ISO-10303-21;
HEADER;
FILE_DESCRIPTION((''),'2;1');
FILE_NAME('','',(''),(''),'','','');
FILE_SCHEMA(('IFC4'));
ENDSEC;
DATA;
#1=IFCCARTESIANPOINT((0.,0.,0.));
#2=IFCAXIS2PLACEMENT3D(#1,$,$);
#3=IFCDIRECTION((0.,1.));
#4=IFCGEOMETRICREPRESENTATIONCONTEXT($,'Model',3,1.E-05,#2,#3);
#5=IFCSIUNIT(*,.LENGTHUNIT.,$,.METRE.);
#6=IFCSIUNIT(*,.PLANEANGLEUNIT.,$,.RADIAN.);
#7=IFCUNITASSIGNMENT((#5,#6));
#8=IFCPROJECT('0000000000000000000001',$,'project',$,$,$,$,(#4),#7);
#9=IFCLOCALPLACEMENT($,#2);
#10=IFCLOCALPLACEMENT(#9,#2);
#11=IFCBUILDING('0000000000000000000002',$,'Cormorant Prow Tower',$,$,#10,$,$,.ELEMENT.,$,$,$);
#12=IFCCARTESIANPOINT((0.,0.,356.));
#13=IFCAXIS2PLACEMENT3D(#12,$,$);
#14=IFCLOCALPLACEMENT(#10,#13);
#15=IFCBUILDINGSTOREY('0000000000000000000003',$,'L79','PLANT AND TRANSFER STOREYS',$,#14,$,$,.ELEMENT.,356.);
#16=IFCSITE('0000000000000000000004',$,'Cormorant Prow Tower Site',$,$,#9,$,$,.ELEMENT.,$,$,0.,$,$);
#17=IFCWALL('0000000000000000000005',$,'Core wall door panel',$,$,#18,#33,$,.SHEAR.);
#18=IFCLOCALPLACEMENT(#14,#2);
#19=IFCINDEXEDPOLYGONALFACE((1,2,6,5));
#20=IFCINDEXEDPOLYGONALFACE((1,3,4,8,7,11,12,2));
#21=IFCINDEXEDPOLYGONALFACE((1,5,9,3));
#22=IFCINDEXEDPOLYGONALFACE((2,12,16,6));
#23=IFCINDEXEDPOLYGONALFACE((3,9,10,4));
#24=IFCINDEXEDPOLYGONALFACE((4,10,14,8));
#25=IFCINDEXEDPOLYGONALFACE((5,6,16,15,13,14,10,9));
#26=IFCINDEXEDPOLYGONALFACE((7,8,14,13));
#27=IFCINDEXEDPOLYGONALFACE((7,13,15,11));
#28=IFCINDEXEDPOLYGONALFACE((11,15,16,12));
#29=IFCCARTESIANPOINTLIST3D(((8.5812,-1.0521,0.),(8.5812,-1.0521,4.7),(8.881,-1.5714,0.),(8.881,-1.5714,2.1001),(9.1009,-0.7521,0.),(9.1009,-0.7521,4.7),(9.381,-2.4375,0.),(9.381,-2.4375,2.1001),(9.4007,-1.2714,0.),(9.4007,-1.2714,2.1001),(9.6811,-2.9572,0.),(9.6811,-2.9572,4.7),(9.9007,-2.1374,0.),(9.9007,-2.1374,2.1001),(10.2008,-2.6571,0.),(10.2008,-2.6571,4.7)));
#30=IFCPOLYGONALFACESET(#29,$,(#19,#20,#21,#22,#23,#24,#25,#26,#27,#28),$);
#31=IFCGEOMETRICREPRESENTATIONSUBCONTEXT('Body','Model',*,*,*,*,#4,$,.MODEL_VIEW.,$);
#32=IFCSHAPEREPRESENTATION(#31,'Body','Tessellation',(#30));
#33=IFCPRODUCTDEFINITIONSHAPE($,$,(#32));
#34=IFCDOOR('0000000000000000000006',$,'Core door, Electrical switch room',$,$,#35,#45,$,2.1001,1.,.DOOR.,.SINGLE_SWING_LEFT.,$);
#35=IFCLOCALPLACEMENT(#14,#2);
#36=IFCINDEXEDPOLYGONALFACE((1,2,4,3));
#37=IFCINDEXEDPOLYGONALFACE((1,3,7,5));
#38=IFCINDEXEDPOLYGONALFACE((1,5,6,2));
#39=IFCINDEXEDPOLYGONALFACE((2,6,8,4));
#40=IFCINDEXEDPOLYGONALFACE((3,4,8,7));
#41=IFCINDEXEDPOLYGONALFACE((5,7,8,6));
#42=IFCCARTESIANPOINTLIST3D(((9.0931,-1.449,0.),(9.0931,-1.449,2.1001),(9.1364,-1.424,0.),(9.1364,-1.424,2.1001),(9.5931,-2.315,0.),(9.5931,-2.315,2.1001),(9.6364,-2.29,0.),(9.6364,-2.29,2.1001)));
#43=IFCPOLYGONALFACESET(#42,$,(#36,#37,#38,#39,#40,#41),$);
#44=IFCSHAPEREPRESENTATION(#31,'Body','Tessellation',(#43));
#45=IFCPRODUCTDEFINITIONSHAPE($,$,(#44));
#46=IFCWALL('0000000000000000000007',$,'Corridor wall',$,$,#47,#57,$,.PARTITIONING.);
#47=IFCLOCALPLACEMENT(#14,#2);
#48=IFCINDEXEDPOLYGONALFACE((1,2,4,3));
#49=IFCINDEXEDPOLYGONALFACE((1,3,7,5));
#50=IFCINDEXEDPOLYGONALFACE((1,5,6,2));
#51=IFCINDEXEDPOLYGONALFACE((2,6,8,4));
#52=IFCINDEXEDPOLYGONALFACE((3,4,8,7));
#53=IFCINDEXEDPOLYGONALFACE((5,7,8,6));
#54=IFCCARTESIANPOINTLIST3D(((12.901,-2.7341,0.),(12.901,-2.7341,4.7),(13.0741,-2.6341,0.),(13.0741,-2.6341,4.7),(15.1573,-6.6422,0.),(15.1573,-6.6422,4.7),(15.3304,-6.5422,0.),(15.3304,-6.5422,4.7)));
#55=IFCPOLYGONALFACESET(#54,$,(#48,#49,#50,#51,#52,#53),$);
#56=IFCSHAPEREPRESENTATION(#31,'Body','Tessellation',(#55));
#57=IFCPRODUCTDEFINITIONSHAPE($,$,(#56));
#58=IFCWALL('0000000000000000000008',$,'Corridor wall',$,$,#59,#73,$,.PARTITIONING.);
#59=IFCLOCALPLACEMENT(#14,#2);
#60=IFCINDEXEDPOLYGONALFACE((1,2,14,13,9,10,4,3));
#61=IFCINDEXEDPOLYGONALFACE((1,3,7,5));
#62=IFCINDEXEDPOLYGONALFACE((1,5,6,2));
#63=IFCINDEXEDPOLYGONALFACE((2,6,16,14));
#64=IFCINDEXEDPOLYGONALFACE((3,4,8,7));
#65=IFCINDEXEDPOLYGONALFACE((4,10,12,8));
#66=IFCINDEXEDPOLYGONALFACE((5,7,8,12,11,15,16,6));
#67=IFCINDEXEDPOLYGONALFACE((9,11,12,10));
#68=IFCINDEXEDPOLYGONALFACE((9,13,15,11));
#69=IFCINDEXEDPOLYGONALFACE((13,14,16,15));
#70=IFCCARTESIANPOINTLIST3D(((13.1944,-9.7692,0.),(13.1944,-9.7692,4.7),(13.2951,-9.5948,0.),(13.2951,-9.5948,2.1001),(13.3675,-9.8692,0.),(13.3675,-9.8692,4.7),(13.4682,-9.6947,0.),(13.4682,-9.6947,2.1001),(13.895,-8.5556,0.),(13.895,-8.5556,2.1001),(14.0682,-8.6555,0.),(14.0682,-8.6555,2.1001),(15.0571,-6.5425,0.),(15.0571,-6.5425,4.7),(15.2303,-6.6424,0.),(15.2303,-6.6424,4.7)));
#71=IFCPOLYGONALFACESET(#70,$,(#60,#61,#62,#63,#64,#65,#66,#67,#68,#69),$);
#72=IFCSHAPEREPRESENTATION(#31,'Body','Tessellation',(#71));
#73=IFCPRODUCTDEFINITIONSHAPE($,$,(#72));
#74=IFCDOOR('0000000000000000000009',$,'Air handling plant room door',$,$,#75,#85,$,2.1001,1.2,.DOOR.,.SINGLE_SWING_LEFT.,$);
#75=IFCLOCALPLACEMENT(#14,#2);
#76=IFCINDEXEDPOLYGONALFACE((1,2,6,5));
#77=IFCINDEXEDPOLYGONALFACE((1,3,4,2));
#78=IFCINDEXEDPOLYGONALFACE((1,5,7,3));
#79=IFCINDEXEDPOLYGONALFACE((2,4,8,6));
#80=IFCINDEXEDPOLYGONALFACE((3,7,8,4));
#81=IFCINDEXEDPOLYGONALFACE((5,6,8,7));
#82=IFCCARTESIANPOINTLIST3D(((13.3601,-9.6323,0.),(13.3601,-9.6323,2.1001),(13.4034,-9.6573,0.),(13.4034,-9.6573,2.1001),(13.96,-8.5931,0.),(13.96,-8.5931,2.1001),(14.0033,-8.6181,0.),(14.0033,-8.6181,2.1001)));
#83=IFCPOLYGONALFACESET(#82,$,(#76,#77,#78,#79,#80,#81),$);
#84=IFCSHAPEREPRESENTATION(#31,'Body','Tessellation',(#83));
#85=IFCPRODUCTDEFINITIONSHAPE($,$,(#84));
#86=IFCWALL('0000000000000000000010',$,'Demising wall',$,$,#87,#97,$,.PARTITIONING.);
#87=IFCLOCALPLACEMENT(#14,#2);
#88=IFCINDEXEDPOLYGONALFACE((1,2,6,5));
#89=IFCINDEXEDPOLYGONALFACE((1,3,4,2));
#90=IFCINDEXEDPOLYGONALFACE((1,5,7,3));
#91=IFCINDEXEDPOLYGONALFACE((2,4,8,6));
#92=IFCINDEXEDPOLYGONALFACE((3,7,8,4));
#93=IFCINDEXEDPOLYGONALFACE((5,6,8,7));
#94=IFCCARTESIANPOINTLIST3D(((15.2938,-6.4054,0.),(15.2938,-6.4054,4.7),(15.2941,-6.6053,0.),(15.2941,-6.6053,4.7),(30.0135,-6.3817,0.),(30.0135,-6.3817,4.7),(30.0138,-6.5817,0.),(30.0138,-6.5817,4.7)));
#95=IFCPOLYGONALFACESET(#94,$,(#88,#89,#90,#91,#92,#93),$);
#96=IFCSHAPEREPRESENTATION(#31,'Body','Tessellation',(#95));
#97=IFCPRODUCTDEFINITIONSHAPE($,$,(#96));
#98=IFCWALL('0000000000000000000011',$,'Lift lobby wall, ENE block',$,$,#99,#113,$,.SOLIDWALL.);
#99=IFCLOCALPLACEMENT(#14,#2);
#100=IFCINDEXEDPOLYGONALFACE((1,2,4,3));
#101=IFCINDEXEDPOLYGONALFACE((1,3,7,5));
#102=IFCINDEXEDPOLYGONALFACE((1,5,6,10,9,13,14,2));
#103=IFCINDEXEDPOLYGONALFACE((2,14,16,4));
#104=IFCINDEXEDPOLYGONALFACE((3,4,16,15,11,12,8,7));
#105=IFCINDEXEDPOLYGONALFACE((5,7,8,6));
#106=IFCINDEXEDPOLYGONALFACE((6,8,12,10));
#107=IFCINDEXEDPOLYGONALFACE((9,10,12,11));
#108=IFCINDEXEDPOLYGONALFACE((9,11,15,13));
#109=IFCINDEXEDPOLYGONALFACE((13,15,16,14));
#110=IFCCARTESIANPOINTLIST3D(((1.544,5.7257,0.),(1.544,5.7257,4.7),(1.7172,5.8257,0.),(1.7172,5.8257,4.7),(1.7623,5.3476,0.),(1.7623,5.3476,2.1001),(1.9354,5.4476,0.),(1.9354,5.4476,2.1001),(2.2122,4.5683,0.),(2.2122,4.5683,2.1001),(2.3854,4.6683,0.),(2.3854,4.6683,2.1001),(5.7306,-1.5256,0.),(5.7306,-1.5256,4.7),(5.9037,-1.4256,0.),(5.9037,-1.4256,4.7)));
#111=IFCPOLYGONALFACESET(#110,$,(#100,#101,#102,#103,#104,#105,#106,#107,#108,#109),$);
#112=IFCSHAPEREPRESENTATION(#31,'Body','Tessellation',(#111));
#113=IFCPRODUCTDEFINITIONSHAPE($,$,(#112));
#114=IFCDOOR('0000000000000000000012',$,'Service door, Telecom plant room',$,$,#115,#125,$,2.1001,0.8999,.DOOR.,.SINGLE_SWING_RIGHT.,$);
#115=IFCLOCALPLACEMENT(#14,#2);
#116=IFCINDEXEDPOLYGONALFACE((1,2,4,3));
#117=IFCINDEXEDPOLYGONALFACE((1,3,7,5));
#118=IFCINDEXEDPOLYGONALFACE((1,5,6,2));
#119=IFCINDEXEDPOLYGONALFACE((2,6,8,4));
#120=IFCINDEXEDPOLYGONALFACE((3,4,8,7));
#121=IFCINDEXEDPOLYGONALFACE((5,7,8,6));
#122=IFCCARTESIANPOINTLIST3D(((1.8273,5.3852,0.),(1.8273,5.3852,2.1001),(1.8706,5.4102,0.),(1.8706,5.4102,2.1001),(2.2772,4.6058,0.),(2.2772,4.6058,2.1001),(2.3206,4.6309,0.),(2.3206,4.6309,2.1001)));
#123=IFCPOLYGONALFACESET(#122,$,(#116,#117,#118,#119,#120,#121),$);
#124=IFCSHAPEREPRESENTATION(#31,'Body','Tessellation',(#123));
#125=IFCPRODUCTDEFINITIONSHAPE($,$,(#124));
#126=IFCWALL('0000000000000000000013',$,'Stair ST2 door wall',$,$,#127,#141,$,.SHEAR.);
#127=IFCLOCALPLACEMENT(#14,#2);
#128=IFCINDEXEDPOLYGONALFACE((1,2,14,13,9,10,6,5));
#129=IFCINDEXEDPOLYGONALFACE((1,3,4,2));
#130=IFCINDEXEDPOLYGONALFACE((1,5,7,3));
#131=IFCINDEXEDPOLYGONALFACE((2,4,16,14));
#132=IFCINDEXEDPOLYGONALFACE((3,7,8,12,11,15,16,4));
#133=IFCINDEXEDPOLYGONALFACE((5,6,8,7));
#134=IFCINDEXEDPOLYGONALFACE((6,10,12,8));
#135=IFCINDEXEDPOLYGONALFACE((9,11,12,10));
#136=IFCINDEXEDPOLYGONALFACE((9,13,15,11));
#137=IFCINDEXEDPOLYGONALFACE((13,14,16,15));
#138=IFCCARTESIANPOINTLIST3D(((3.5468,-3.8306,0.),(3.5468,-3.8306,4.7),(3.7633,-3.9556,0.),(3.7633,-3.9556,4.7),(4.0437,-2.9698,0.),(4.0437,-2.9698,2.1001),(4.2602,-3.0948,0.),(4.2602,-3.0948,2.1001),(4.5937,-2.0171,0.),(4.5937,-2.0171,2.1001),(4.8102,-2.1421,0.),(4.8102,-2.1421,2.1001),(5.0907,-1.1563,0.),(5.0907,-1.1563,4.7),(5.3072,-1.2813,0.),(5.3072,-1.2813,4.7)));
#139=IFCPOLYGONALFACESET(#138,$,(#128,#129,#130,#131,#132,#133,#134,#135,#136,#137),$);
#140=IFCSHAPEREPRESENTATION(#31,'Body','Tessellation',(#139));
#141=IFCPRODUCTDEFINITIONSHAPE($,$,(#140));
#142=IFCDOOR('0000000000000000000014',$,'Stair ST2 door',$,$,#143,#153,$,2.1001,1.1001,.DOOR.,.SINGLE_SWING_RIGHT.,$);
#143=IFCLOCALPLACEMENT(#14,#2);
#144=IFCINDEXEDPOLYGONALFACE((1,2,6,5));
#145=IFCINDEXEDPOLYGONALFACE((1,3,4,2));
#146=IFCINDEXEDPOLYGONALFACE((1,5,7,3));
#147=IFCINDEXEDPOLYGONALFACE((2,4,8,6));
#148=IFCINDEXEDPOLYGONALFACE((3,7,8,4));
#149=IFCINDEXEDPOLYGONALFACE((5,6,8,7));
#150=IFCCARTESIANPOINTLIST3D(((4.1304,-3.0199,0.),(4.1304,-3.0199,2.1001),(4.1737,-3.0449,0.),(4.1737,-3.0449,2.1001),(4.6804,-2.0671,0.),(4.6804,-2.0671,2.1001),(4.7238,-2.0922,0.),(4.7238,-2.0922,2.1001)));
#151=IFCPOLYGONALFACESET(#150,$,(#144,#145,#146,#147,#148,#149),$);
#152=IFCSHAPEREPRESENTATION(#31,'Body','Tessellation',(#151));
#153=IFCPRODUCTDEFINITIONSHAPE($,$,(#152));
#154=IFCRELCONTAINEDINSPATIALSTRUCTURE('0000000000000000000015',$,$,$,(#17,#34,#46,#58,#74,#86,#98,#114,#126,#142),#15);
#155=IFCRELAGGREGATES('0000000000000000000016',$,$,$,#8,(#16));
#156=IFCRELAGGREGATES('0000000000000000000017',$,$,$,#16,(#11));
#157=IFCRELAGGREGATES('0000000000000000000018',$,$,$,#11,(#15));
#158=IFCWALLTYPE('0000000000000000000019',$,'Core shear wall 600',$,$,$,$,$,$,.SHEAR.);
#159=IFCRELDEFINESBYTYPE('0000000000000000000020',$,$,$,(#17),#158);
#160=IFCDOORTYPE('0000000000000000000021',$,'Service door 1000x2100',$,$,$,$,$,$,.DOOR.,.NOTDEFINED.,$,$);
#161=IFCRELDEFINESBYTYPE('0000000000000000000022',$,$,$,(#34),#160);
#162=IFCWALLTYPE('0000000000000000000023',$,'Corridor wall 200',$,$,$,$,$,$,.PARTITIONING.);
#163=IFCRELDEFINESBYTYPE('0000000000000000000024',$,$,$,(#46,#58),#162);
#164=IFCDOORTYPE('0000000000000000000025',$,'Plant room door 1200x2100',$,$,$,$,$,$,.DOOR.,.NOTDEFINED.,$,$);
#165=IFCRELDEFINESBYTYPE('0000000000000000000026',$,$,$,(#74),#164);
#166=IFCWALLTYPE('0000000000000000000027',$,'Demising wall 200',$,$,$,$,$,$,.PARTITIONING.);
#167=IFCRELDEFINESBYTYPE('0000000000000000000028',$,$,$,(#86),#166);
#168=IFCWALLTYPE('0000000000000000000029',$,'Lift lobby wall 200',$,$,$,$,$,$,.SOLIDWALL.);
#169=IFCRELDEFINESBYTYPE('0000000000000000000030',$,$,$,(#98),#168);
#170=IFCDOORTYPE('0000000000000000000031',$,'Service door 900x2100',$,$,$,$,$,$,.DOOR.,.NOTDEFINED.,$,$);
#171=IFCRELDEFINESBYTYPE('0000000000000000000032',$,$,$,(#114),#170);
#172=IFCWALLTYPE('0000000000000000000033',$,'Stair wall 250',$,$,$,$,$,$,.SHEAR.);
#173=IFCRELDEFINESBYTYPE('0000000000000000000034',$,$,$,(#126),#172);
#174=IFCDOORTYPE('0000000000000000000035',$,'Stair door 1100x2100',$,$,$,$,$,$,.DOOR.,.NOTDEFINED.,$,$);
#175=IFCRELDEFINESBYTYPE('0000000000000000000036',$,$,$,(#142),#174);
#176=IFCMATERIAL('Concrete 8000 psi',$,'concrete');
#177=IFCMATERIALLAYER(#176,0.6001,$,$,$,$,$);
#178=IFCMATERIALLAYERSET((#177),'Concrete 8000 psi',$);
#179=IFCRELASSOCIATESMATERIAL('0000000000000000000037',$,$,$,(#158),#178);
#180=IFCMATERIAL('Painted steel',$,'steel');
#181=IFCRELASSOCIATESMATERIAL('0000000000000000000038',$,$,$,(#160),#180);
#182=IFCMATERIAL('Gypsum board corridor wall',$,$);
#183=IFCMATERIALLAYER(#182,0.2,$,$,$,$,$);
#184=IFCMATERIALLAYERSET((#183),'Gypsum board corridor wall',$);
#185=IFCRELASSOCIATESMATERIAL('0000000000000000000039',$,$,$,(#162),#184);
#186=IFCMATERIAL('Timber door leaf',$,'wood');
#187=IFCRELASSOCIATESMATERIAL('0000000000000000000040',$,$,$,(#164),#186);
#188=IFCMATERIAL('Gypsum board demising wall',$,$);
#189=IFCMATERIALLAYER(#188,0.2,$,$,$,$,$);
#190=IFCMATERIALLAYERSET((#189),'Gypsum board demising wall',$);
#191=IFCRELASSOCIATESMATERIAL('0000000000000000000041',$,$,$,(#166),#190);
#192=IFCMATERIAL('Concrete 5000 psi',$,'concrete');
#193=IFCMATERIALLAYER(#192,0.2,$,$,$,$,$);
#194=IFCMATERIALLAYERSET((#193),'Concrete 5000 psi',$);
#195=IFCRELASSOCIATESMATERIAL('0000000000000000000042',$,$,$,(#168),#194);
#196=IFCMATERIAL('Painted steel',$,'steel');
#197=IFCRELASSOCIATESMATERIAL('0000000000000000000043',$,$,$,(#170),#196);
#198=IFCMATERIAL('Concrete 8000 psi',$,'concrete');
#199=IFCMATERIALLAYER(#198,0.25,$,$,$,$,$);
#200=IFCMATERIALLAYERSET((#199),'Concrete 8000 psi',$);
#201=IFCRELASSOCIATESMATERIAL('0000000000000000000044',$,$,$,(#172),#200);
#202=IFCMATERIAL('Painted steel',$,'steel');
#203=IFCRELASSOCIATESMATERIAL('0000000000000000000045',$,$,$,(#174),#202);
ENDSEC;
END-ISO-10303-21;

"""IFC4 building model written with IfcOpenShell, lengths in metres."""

from ifc_helpers import new_model, si_unit, direction, frame, frame_2d, origin, place, context, subcontext, project, spatial, rectangle, extrude, material, layer, layer_set, type_object, element, fill, save


model = new_model("IFC4")

# Units and contexts
model_context = context("Model", 3, precision=1e-05, world=origin(), true_north=direction((0.0, 1.0)))
body_context = subcontext(model_context, "Body", "Model", "MODEL_VIEW")
ifc_project = project(units=[si_unit("LENGTHUNIT", "METRE"), si_unit("PLANEANGLEUNIT", "RADIAN")], contexts=[model_context])

# Site, building, storey
site_placement = place(None, origin())
site = spatial("IfcSite", under=ifc_project, at=site_placement, Name="Cormorant Prow Tower Site", CompositionType="ELEMENT", RefElevation=0.0)
building_placement = place(site_placement, origin())
building = spatial("IfcBuilding", under=site, at=building_placement, Name="Cormorant Prow Tower", CompositionType="ELEMENT")
storey_placement = place(building_placement, frame((0.0, 0.0, 356.0)))
storey = spatial("IfcBuildingStorey", under=building, at=storey_placement, Name="L79", Description="PLANT AND TRANSFER STOREYS", CompositionType="ELEMENT", Elevation=356.0)

# Shared definitions
ifc_material_1 = material(Name="Concrete 8000 psi", Category="concrete")
ifc_layer_1 = layer(ifc_material_1, 0.6001)
ifc_layer_set_1 = layer_set([ifc_layer_1], Name="Concrete 8000 psi")
wall_type_1 = type_object("IfcWallType", Name="Core shear wall 600", PredefinedType="SHEAR", material=ifc_layer_set_1)

# Wall, opening, door
ifc_material_2 = material(Name="Painted steel", Category="steel")
door_type_1 = type_object("IfcDoorType", Name="Service door 1000x2100", OperationType="NOTDEFINED", PredefinedType="DOOR", material=ifc_material_2)
wall_1_placement = place(storey_placement, frame((9.9409, -2.8071, 0.0), z_axis=(0.0, 0.0, 1.0), x_axis=(-0.499995, 0.866028, 0.0)))
wall_1 = element("IfcWall", 1, at=wall_1_placement, inside=storey, type_object=wall_type_1, Name="Core wall door panel", PredefinedType="SHEAR", context=body_context, shape_type="SweptSolid", body=[
    extrude(rectangle(XDim=2.1997, YDim=0.6001, at=frame_2d((1.0999, 0.0))), origin(), (0.0, 0.0, 1.0), 4.7),
])
opening_1_placement = place(wall_1_placement, frame((0.6001, 0.0, 0.0)))
opening_1 = element("IfcOpeningElement", 2, at=opening_1_placement, cuts=wall_1, PredefinedType="OPENING", context=body_context, shape_type="SweptSolid", body=[
    extrude(rectangle(XDim=1.0, YDim=2.1001, at=frame_2d((0.5, 1.05))), frame((0.0, 0.3101, 0.0), z_axis=(0.0, -1.0, 0.0), x_axis=(1.0, 0.0, 0.0)), (0.0, 0.0, 1.0), 0.6201),
])
door_1_placement = place(opening_1_placement, origin())
door_1 = element("IfcDoor", 3, at=door_1_placement, inside=storey, type_object=door_type_1, Name="Core door, Electrical switch room", OperationType="SINGLE_SWING_LEFT", OverallHeight=2.1001, OverallWidth=1.0, PredefinedType="DOOR", context=body_context, shape_type="SweptSolid", body=[
    extrude(rectangle(XDim=1.0, YDim=2.1001, at=frame_2d((0.5, 1.05))), frame((0.0, 0.0552, 0.0), z_axis=(0.0, -1.0, 0.0), x_axis=(1.0, 0.0, 0.0)), (0.0, 0.0, 1.0), 0.05),
])
fill(opening_1, door_1)

# Wall
ifc_material_3 = material(Name="Gypsum board corridor wall")
ifc_layer_2 = layer(ifc_material_3, 0.2)
ifc_layer_set_2 = layer_set([ifc_layer_2], Name="Gypsum board corridor wall")
wall_type_2 = type_object("IfcWallType", Name="Corridor wall 200", PredefinedType="PARTITIONING", material=ifc_layer_set_2)
wall_2_placement = place(storey_placement, frame((12.9875, -2.6841, 0.0), z_axis=(0.0, 0.0, 1.0), x_axis=(0.499991, -0.866031, 0.0)))
element("IfcWall", 4, at=wall_2_placement, inside=storey, type_object=wall_type_2, Name="Corridor wall", PredefinedType="PARTITIONING", context=body_context, shape_type="SweptSolid", body=[
    extrude(rectangle(XDim=4.5127, YDim=0.2, at=frame_2d((2.2563, 0.0))), origin(), (0.0, 0.0, 1.0), 4.7),
])

# Wall, opening, door
wall_3_placement = place(storey_placement, frame((13.281, -9.8191, 0.0), z_axis=(0.0, 0.0, 1.0), x_axis=(0.499959, 0.866049, 0.0)))
wall_3 = element("IfcWall", 5, at=wall_3_placement, inside=storey, type_object=wall_type_2, Name="Corridor wall", PredefinedType="PARTITIONING", context=body_context, shape_type="SweptSolid", body=[
    extrude(rectangle(XDim=3.7258, YDim=0.2, at=frame_2d((1.8628, 0.0))), origin(), (0.0, 0.0, 1.0), 4.7),
])
opening_2_placement = place(wall_3_placement, frame((0.2012, 0.0, 0.0)))
opening_2 = element("IfcOpeningElement", 6, at=opening_2_placement, cuts=wall_3, PredefinedType="OPENING", context=body_context, shape_type="SweptSolid", body=[
    extrude(rectangle(XDim=1.2, YDim=2.1001, at=frame_2d((0.6001, 1.05))), frame((0.0, 0.1099, 0.0), z_axis=(0.0, -1.0, 0.0), x_axis=(1.0, 0.0, 0.0)), (0.0, 0.0, 1.0), 0.22),
])
ifc_material_4 = material(Name="Timber door leaf", Category="wood")
door_type_2 = type_object("IfcDoorType", Name="Plant room door 1200x2100", OperationType="NOTDEFINED", PredefinedType="DOOR", material=ifc_material_4)
door_2_placement = place(opening_2_placement, origin())
door_2 = element("IfcDoor", 7, at=door_2_placement, inside=storey, type_object=door_type_2, Name="Air handling plant room door", OperationType="SINGLE_SWING_LEFT", OverallHeight=2.1001, OverallWidth=1.2, PredefinedType="DOOR", context=body_context, shape_type="SweptSolid", body=[
    extrude(rectangle(XDim=1.2, YDim=2.1001, at=frame_2d((0.6001, 1.05))), frame((0.0, 0.0249, 0.0), z_axis=(0.0, -1.0, 0.0), x_axis=(1.0, 0.0, 0.0)), (0.0, 0.0, 1.0), 0.05),
])
fill(opening_2, door_2)

# Wall
ifc_material_5 = material(Name="Gypsum board demising wall")
ifc_layer_3 = layer(ifc_material_5, 0.2)
ifc_layer_set_3 = layer_set([ifc_layer_3], Name="Gypsum board demising wall")
wall_type_3 = type_object("IfcWallType", Name="Demising wall 200", PredefinedType="PARTITIONING", material=ifc_layer_set_3)
wall_4_placement = place(storey_placement, frame((15.2939, -6.5054, 0.0), z_axis=(0.0, 0.0, 1.0), x_axis=(0.999999, 0.001609, 0.0)))
element("IfcWall", 8, at=wall_4_placement, inside=storey, type_object=wall_type_3, Name="Demising wall", PredefinedType="PARTITIONING", context=body_context, shape_type="SweptSolid", body=[
    extrude(rectangle(XDim=14.7197, YDim=0.2, at=frame_2d((7.3599, 0.0))), origin(), (0.0, 0.0, 1.0), 4.7),
])

# Walls, openings, doors
ifc_material_6 = material(Name="Concrete 5000 psi", Category="concrete")
ifc_layer_4 = layer(ifc_material_6, 0.2)
ifc_layer_set_4 = layer_set([ifc_layer_4], Name="Concrete 5000 psi")
wall_type_4 = type_object("IfcWallType", Name="Lift lobby wall 200", PredefinedType="SOLIDWALL", material=ifc_layer_set_4)
wall_5_placement = place(storey_placement, frame((5.8171, -1.4756, 0.0), z_axis=(0.0, 0.0, 1.0), x_axis=(-0.500003, 0.866024, 0.0)))
wall_5 = element("IfcWall", 9, at=wall_5_placement, inside=storey, type_object=wall_type_4, Name="Lift lobby wall, ENE block", PredefinedType="SOLIDWALL", context=body_context, shape_type="SweptSolid", body=[
    extrude(rectangle(XDim=8.373, YDim=0.2, at=frame_2d((4.1865, 0.0))), origin(), (0.0, 0.0, 1.0), 4.7),
])
opening_3_placement = place(wall_5_placement, frame((7.0366, 0.0, 0.0)))
opening_3 = element("IfcOpeningElement", 10, at=opening_3_placement, cuts=wall_5, PredefinedType="OPENING", context=body_context, shape_type="SweptSolid", body=[
    extrude(rectangle(XDim=0.8999, YDim=2.1001, at=frame_2d((0.45, 1.05))), frame((0.0, 0.1099, 0.0), z_axis=(0.0, -1.0, 0.0), x_axis=(1.0, 0.0, 0.0)), (0.0, 0.0, 1.0), 0.22),
])
ifc_material_7 = material(Name="Painted steel", Category="steel")
door_type_3 = type_object("IfcDoorType", Name="Service door 900x2100", OperationType="NOTDEFINED", PredefinedType="DOOR", material=ifc_material_7)
door_3_placement = place(opening_3_placement, origin())
door_3 = element("IfcDoor", 11, at=door_3_placement, inside=storey, type_object=door_type_3, Name="Service door, Telecom plant room", OperationType="SINGLE_SWING_RIGHT", OverallHeight=2.1001, OverallWidth=0.8999, PredefinedType="DOOR", context=body_context, shape_type="SweptSolid", body=[
    extrude(rectangle(XDim=0.8999, YDim=2.1001, at=frame_2d((0.45, 1.05))), frame((0.0, 0.0249, 0.0), z_axis=(0.0, -1.0, 0.0), x_axis=(1.0, 0.0, 0.0)), (0.0, 0.0, 1.0), 0.05),
])
fill(opening_3, door_3)
ifc_material_8 = material(Name="Concrete 8000 psi", Category="concrete")
ifc_layer_5 = layer(ifc_material_8, 0.25)
ifc_layer_set_5 = layer_set([ifc_layer_5], Name="Concrete 8000 psi")
wall_type_5 = type_object("IfcWallType", Name="Stair wall 250", PredefinedType="SHEAR", material=ifc_layer_set_5)
wall_6_placement = place(storey_placement, frame((3.655, -3.8931, 0.0), z_axis=(0.0, 0.0, 1.0), x_axis=(0.499983, 0.866035, 0.0)))
wall_6 = element("IfcWall", 12, at=wall_6_placement, inside=storey, type_object=wall_type_5, Name="Stair ST2 door wall", PredefinedType="SHEAR", context=body_context, shape_type="SweptSolid", body=[
    extrude(rectangle(XDim=3.0879, YDim=0.25, at=frame_2d((1.5439, 0.0))), origin(), (0.0, 0.0, 1.0), 4.7),
])
opening_4_placement = place(wall_6_placement, frame((0.9939, 0.0, 0.0)))
opening_4 = element("IfcOpeningElement", 13, at=opening_4_placement, cuts=wall_6, PredefinedType="OPENING", context=body_context, shape_type="SweptSolid", body=[
    extrude(rectangle(XDim=1.1001, YDim=2.1001, at=frame_2d((0.55, 1.05))), frame((0.0, 0.135, 0.0), z_axis=(0.0, -1.0, 0.0), x_axis=(1.0, 0.0, 0.0)), (0.0, 0.0, 1.0), 0.27),
])
ifc_material_9 = material(Name="Painted steel", Category="steel")
door_type_4 = type_object("IfcDoorType", Name="Stair door 1100x2100", OperationType="NOTDEFINED", PredefinedType="DOOR", material=ifc_material_9)
door_4_placement = place(opening_4_placement, origin())
door_4 = element("IfcDoor", 14, at=door_4_placement, inside=storey, type_object=door_type_4, Name="Stair ST2 door", OperationType="SINGLE_SWING_RIGHT", OverallHeight=2.1001, OverallWidth=1.1001, PredefinedType="DOOR", context=body_context, shape_type="SweptSolid", body=[
    extrude(rectangle(XDim=1.1001, YDim=2.1001, at=frame_2d((0.55, 1.05))), frame((0.0, 0.0249, 0.0), z_axis=(0.0, -1.0, 0.0), x_axis=(1.0, 0.0, 0.0)), (0.0, 0.0, 1.0), 0.05),
])
fill(opening_4, door_4)

save(model, "model.ifc")
